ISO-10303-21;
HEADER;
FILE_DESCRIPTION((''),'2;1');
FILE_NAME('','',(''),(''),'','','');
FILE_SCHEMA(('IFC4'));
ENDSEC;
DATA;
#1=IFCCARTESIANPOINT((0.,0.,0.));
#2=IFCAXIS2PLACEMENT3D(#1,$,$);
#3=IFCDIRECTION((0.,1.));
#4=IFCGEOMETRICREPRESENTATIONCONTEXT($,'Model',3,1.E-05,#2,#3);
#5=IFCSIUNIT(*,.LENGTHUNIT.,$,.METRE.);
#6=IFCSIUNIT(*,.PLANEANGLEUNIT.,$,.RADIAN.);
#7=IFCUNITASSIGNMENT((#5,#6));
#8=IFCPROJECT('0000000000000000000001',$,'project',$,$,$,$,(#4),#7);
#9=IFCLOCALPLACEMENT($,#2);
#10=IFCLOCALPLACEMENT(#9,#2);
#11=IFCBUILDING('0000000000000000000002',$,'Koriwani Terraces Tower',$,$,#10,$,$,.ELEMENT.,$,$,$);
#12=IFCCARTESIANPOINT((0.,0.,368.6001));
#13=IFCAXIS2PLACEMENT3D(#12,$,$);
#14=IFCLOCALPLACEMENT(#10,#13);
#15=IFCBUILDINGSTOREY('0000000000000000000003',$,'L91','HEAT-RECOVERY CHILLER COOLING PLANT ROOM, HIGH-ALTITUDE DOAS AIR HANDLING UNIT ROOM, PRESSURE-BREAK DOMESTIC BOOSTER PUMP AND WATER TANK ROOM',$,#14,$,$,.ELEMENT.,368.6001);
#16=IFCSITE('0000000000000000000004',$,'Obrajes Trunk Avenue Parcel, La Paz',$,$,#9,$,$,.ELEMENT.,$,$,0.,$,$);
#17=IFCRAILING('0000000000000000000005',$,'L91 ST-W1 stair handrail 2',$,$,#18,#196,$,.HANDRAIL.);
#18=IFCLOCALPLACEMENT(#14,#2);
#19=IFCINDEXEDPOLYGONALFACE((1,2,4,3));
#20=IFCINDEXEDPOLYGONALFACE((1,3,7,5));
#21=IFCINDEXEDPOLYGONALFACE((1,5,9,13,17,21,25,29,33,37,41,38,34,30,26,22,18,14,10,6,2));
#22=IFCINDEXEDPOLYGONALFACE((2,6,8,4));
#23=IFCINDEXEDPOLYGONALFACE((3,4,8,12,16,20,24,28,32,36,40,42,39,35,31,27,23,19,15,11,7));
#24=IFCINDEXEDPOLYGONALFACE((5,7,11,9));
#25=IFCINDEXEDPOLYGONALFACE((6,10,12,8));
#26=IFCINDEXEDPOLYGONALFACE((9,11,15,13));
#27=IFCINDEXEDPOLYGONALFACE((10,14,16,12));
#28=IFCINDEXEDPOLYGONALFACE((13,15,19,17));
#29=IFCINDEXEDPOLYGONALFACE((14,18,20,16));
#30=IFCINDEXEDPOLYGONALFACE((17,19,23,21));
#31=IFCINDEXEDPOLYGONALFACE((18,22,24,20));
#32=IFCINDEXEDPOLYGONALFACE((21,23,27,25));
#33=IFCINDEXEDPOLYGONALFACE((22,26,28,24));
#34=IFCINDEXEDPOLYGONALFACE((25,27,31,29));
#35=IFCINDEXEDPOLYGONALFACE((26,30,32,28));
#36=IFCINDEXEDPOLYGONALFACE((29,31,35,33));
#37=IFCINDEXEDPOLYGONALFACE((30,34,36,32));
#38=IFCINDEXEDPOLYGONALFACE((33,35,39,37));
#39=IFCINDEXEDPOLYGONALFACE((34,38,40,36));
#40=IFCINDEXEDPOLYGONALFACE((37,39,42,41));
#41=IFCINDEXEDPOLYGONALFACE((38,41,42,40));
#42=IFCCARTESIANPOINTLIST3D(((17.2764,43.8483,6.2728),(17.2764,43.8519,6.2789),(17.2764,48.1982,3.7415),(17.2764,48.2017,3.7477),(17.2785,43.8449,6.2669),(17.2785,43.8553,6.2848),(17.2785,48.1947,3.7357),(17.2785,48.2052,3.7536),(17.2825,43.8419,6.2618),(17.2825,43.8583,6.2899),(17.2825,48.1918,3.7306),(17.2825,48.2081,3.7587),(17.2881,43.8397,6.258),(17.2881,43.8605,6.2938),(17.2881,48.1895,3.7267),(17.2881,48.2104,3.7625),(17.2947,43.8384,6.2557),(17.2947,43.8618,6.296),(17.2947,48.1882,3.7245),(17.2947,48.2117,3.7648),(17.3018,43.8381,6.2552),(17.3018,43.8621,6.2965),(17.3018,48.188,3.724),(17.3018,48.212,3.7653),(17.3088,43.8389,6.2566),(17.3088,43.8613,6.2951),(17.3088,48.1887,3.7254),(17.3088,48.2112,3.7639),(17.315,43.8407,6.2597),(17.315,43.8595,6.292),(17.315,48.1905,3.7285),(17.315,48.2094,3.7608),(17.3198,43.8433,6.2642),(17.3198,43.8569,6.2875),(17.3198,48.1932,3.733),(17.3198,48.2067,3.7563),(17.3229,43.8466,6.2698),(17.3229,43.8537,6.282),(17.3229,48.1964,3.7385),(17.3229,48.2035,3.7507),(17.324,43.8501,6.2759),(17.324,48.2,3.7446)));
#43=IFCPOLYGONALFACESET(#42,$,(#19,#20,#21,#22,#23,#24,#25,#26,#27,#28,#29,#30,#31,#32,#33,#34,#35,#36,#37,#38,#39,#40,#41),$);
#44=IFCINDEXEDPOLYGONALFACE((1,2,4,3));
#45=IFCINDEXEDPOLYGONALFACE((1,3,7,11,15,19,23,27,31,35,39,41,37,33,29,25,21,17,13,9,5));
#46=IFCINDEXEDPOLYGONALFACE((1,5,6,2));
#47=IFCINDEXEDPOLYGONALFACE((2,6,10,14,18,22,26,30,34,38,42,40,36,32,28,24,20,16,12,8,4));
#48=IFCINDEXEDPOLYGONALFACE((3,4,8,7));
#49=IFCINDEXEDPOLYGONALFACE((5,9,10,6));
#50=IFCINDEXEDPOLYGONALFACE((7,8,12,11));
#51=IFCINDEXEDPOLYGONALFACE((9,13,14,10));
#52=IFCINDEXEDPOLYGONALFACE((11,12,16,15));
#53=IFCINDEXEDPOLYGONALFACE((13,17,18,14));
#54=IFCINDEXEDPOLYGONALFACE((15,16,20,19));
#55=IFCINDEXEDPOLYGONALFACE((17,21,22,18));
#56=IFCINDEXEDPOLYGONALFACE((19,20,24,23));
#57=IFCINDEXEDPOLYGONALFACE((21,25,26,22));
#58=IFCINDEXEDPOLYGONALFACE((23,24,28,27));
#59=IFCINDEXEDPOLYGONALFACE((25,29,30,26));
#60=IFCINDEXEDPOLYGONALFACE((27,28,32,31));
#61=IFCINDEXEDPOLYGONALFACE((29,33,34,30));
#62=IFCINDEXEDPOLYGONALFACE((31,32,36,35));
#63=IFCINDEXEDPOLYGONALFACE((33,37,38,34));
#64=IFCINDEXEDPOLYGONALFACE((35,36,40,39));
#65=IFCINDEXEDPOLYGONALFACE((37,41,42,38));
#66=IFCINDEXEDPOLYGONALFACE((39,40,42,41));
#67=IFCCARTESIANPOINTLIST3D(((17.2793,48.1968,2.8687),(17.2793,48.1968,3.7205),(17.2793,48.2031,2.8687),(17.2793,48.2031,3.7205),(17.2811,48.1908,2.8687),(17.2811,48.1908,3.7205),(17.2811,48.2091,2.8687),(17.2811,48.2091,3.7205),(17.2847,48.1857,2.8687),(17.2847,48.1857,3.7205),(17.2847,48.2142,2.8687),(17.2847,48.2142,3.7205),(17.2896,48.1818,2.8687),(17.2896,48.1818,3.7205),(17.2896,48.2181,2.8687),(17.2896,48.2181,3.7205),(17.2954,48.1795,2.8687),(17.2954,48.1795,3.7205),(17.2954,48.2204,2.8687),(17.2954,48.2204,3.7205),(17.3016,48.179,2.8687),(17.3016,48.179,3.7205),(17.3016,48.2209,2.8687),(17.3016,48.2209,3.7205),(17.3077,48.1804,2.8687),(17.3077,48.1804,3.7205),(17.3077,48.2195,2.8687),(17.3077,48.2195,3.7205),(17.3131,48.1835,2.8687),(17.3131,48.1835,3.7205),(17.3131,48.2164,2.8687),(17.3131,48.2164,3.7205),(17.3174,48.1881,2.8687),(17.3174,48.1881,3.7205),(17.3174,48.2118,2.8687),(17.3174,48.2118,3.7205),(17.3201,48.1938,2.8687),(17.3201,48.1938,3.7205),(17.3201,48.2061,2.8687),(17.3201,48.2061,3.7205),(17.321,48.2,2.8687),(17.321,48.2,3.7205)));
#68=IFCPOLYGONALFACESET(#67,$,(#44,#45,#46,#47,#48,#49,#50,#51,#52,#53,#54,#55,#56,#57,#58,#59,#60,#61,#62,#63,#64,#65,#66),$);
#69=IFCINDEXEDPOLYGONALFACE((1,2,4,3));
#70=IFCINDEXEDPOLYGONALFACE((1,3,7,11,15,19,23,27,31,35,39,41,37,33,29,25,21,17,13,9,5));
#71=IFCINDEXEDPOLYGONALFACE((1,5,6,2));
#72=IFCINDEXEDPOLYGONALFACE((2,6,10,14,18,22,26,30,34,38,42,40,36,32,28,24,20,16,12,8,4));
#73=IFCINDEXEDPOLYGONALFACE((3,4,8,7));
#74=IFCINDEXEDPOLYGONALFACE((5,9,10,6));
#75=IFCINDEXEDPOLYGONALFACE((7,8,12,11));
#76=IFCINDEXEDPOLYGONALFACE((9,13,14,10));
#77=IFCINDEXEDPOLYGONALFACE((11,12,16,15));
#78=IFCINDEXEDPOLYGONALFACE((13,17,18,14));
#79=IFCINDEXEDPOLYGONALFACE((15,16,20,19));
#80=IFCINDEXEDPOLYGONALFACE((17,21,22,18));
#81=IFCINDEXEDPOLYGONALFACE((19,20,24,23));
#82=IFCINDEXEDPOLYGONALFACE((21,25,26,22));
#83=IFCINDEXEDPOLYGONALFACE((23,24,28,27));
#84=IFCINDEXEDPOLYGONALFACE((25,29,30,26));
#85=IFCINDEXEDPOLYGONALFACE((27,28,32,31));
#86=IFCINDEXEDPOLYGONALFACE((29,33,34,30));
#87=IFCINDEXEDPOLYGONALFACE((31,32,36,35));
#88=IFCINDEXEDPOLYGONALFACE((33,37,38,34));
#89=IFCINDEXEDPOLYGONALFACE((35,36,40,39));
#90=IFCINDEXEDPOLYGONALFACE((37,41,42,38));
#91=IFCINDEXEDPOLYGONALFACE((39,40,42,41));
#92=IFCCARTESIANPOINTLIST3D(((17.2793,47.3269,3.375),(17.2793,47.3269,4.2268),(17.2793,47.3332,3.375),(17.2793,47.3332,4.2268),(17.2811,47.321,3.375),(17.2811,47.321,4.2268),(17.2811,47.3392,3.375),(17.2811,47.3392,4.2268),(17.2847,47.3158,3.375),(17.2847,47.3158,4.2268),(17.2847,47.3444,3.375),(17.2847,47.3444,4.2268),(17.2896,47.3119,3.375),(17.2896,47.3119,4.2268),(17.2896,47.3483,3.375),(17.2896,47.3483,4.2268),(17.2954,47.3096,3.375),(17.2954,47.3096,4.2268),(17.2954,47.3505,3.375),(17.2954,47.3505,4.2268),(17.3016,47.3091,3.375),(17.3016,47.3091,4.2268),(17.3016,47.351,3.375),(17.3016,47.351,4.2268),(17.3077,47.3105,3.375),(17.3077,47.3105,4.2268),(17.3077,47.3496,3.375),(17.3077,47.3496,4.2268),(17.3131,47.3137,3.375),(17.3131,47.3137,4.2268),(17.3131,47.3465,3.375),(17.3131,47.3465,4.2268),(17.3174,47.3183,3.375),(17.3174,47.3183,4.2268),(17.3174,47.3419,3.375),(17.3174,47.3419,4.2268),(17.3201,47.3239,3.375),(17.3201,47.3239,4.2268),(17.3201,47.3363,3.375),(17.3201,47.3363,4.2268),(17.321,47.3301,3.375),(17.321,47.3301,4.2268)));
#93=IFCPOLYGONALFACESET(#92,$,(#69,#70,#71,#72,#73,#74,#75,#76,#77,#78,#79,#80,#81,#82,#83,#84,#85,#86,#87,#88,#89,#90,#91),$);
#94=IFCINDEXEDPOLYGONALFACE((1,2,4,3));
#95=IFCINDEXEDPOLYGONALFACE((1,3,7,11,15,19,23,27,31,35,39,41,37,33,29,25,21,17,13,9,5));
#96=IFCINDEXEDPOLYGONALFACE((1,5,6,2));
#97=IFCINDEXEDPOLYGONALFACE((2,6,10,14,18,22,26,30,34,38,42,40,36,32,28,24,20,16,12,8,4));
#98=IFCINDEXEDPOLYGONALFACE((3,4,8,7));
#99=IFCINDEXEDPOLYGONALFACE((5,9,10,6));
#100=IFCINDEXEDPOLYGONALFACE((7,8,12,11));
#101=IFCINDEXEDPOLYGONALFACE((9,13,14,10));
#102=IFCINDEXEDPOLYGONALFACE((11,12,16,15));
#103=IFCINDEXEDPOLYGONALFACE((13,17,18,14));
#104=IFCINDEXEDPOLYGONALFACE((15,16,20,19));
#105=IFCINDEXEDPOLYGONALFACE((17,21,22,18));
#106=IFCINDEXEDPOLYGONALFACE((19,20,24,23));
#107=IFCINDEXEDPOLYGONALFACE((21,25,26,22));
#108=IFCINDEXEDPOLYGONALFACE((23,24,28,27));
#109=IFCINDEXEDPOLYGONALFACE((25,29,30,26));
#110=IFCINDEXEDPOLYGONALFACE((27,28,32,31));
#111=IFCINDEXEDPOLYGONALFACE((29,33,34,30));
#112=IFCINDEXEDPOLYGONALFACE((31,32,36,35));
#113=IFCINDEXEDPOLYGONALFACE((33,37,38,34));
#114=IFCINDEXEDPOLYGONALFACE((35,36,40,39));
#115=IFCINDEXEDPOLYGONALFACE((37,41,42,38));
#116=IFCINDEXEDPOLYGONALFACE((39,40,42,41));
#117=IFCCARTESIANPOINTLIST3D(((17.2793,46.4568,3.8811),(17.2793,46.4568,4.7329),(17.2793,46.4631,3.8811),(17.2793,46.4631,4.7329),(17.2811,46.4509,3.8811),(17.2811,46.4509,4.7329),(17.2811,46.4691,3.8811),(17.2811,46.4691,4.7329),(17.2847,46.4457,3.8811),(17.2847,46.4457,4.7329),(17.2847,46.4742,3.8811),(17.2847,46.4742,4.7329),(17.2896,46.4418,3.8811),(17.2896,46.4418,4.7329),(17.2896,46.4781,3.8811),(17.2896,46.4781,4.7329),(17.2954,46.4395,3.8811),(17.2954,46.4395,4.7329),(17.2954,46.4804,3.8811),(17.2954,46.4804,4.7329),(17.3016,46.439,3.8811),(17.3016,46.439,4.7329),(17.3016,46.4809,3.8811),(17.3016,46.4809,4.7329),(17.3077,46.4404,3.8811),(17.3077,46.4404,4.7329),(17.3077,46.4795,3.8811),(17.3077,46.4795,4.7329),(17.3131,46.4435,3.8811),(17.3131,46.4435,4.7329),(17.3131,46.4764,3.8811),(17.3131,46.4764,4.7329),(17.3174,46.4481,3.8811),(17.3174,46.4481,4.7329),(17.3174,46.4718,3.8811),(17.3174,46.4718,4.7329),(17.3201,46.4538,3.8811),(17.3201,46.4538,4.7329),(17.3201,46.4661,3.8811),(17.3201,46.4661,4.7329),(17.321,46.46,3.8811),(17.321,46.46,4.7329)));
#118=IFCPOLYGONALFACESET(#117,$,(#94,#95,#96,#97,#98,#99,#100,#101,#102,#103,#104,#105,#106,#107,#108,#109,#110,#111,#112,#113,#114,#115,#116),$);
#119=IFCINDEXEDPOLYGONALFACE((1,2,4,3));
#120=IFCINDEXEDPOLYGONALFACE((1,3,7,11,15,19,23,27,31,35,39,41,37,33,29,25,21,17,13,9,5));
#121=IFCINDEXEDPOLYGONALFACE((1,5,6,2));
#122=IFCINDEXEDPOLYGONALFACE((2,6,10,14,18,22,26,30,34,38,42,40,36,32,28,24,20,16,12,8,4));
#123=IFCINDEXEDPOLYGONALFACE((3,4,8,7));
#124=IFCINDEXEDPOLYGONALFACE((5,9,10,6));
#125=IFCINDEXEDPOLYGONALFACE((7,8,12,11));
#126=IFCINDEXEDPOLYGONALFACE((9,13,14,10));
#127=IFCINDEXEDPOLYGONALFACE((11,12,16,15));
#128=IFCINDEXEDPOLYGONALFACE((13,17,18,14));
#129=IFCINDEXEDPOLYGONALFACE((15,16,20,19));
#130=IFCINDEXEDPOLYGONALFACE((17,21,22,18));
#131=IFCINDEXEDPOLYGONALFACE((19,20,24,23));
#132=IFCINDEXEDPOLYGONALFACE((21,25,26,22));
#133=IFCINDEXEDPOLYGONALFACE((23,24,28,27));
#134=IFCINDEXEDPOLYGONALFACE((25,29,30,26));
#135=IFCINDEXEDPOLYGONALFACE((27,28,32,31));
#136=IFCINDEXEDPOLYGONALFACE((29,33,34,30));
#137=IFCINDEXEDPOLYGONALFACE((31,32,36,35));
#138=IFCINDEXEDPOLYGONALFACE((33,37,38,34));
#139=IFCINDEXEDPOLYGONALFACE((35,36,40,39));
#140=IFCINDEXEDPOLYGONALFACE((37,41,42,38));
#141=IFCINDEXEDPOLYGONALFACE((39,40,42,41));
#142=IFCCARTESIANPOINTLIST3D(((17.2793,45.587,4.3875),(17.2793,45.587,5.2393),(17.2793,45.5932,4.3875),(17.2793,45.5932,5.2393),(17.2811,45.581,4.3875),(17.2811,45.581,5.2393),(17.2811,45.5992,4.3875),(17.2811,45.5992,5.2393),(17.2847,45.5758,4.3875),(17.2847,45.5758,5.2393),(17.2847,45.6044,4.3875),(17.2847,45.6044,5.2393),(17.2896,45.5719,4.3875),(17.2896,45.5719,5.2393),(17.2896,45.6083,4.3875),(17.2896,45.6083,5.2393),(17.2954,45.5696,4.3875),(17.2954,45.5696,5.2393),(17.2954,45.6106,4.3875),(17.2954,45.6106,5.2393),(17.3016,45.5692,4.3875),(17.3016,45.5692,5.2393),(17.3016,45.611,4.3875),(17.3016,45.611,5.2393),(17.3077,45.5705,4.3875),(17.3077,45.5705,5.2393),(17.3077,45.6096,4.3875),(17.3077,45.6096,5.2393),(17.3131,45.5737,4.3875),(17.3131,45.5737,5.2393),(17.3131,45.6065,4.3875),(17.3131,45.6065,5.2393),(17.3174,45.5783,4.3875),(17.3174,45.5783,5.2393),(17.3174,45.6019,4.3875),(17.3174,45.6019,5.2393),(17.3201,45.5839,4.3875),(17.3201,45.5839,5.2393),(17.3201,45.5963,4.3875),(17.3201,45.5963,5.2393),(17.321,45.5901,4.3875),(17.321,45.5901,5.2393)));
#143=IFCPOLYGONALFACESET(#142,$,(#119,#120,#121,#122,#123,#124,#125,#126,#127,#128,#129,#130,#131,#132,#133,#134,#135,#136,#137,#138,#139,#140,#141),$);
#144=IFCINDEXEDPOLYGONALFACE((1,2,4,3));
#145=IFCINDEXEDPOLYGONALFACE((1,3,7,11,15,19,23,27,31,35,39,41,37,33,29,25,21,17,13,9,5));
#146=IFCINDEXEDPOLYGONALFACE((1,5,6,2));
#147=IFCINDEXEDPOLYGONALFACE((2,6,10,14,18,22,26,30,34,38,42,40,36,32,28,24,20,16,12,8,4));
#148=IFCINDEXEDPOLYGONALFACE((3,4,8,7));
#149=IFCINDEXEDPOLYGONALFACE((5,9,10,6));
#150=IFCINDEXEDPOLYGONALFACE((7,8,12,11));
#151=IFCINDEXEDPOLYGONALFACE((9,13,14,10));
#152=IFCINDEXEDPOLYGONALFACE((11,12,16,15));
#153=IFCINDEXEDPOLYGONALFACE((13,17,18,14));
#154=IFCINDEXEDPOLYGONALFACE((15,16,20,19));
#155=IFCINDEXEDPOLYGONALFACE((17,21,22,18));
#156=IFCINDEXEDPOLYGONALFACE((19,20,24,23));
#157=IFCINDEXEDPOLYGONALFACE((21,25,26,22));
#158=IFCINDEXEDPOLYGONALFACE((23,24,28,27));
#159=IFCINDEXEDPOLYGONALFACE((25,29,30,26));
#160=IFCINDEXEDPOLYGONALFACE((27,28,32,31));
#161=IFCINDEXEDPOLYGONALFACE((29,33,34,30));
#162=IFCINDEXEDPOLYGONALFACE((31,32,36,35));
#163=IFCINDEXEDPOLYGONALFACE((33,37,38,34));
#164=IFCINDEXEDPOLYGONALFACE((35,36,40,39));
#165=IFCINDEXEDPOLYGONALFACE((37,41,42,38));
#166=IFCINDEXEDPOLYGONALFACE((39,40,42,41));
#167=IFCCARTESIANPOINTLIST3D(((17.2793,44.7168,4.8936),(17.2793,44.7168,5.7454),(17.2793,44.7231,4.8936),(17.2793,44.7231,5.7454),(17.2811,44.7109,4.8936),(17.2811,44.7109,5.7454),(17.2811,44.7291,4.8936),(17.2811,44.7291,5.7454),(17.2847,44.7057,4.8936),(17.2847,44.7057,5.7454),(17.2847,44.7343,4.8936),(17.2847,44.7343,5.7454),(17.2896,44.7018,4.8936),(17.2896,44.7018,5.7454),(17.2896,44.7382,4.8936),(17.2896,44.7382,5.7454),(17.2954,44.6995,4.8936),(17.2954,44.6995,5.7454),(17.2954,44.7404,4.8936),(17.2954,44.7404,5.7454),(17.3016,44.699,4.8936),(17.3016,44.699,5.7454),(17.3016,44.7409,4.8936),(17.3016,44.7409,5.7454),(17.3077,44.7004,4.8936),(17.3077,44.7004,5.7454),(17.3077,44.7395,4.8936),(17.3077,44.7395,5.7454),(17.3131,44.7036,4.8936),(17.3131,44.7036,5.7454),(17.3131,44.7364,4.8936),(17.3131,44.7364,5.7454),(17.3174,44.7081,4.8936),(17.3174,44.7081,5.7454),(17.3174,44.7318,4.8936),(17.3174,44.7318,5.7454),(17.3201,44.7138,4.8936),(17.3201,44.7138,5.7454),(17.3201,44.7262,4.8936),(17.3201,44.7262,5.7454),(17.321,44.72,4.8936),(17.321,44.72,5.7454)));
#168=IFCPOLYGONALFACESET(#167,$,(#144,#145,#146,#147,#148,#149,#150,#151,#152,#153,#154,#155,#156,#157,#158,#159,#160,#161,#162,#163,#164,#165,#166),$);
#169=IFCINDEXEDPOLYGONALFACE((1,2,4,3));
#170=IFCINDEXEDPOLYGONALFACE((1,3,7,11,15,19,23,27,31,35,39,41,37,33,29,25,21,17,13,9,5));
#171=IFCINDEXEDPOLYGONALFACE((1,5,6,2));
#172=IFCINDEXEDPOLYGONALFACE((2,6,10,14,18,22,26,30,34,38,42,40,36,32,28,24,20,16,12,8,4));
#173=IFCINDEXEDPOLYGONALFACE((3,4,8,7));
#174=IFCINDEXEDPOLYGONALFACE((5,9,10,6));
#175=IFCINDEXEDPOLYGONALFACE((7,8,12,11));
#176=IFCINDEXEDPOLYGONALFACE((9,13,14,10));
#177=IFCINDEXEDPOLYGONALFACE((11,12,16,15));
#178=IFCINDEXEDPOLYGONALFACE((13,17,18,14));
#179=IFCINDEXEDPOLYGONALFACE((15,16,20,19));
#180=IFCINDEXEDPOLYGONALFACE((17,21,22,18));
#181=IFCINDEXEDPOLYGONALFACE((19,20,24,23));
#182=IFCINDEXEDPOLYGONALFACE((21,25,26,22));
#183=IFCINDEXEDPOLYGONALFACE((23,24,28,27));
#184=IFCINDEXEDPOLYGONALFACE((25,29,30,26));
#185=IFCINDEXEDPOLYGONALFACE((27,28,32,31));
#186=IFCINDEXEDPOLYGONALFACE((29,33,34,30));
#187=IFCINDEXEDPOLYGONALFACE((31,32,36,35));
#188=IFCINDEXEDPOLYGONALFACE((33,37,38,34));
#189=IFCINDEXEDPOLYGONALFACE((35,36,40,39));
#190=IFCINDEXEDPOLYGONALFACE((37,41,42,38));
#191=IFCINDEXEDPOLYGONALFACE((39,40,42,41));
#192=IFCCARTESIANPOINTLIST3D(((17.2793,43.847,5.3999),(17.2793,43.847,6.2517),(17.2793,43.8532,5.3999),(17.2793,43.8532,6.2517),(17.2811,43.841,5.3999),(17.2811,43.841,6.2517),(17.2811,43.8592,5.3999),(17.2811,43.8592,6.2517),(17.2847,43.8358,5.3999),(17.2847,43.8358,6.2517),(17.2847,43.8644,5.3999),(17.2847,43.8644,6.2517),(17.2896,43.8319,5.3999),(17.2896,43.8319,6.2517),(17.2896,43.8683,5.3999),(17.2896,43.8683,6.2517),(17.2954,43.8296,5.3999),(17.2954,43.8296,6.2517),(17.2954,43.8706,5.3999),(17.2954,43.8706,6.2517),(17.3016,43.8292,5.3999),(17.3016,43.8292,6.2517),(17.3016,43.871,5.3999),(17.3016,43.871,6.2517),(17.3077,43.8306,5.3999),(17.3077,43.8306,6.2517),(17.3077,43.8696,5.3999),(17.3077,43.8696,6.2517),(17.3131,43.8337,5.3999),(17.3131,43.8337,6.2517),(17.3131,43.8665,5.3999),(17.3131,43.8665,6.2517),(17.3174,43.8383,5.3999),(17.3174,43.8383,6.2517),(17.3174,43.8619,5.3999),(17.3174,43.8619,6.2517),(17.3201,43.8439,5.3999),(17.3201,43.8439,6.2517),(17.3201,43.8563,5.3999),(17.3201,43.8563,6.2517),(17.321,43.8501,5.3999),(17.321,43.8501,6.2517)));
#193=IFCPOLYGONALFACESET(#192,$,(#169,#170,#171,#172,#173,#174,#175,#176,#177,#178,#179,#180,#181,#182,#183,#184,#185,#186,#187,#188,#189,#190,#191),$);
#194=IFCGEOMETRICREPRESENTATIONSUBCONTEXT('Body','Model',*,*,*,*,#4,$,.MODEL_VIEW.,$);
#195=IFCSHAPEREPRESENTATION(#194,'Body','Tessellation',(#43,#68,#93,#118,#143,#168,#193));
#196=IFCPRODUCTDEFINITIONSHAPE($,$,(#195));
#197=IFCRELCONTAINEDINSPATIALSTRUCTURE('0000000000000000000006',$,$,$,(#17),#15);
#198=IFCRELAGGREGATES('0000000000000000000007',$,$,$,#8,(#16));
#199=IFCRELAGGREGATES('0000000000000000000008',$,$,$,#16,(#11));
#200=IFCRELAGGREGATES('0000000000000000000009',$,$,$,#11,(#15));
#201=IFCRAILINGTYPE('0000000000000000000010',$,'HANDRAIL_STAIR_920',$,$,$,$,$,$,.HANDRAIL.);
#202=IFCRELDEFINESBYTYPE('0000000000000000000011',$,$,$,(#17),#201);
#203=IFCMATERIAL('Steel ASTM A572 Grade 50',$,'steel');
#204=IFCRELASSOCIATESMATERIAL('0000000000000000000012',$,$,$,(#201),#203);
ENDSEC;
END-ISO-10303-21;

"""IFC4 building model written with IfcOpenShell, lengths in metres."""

from ifc_helpers import new_model, si_unit, direction, frame, origin, origin_2d, place, context, subcontext, project, spatial, circle, extrude, material, type_object, element, save


model = new_model("IFC4")

# Units and contexts
model_context = context("Model", 3, precision=1e-05, world=origin(), true_north=direction((0.0, 1.0)))
body_context = subcontext(model_context, "Body", "Model", "MODEL_VIEW")
ifc_project = project(units=[si_unit("LENGTHUNIT", "METRE"), si_unit("PLANEANGLEUNIT", "RADIAN")], contexts=[model_context])

# Site, building, storey
site_placement = place(None, origin())
site = spatial("IfcSite", under=ifc_project, at=site_placement, Name="Obrajes Trunk Avenue Parcel, La Paz", CompositionType="ELEMENT", RefElevation=0.0)
building_placement = place(site_placement, origin())
building = spatial("IfcBuilding", under=site, at=building_placement, Name="Koriwani Terraces Tower", CompositionType="ELEMENT")
storey_placement = place(building_placement, frame((0.0, 0.0, 368.6001)))
storey = spatial("IfcBuildingStorey", under=building, at=storey_placement, Name="L91", Description="HEAT-RECOVERY CHILLER COOLING PLANT ROOM, HIGH-ALTITUDE DOAS AIR HANDLING UNIT ROOM, PRESSURE-BREAK DOMESTIC BOOSTER PUMP AND WATER TANK ROOM", CompositionType="ELEMENT", Elevation=368.6001)

# Shared definitions
ifc_material_1 = material(Name="Steel ASTM A572 Grade 50", Category="steel")

# Railing
railing_type_1 = type_object("IfcRailingType", Name="HANDRAIL_STAIR_920", PredefinedType="HANDRAIL", material=ifc_material_1)
railing_1_placement = place(storey_placement, frame((17.3, 48.2, 2.8687)))
element("IfcRailing", 1, at=railing_1_placement, inside=storey, type_object=railing_type_1, Name="L91 ST-W1 stair handrail 2", PredefinedType="HANDRAIL", context=body_context, shape_type="SweptSolid", body=[
    extrude(circle(Radius=0.0239, at=origin_2d()), frame((0.0, 0.0, 0.876), z_axis=(0.0, -0.864312, 0.502957), x_axis=(1.0, 0.0, 0.0)), (0.0, 0.0, 1.0), 5.0327),
    extrude(circle(Radius=0.021, at=origin_2d()), origin(), (0.0, 0.0, 1.0), 0.8518),
    extrude(circle(Radius=0.021, at=origin_2d()), frame((0.0, -0.8699, 0.5063)), (0.0, 0.0, 1.0), 0.8518),
    extrude(circle(Radius=0.021, at=origin_2d()), frame((0.0, -1.74, 1.0125)), (0.0, 0.0, 1.0), 0.8518),
    extrude(circle(Radius=0.021, at=origin_2d()), frame((0.0, -2.6099, 1.5188)), (0.0, 0.0, 1.0), 0.8518),
    extrude(circle(Radius=0.021, at=origin_2d()), frame((0.0, -3.48, 2.0249)), (0.0, 0.0, 1.0), 0.8518),
    extrude(circle(Radius=0.021, at=origin_2d()), frame((0.0, -4.3499, 2.5312)), (0.0, 0.0, 1.0), 0.8518),
])

save(model, "model.ifc")
